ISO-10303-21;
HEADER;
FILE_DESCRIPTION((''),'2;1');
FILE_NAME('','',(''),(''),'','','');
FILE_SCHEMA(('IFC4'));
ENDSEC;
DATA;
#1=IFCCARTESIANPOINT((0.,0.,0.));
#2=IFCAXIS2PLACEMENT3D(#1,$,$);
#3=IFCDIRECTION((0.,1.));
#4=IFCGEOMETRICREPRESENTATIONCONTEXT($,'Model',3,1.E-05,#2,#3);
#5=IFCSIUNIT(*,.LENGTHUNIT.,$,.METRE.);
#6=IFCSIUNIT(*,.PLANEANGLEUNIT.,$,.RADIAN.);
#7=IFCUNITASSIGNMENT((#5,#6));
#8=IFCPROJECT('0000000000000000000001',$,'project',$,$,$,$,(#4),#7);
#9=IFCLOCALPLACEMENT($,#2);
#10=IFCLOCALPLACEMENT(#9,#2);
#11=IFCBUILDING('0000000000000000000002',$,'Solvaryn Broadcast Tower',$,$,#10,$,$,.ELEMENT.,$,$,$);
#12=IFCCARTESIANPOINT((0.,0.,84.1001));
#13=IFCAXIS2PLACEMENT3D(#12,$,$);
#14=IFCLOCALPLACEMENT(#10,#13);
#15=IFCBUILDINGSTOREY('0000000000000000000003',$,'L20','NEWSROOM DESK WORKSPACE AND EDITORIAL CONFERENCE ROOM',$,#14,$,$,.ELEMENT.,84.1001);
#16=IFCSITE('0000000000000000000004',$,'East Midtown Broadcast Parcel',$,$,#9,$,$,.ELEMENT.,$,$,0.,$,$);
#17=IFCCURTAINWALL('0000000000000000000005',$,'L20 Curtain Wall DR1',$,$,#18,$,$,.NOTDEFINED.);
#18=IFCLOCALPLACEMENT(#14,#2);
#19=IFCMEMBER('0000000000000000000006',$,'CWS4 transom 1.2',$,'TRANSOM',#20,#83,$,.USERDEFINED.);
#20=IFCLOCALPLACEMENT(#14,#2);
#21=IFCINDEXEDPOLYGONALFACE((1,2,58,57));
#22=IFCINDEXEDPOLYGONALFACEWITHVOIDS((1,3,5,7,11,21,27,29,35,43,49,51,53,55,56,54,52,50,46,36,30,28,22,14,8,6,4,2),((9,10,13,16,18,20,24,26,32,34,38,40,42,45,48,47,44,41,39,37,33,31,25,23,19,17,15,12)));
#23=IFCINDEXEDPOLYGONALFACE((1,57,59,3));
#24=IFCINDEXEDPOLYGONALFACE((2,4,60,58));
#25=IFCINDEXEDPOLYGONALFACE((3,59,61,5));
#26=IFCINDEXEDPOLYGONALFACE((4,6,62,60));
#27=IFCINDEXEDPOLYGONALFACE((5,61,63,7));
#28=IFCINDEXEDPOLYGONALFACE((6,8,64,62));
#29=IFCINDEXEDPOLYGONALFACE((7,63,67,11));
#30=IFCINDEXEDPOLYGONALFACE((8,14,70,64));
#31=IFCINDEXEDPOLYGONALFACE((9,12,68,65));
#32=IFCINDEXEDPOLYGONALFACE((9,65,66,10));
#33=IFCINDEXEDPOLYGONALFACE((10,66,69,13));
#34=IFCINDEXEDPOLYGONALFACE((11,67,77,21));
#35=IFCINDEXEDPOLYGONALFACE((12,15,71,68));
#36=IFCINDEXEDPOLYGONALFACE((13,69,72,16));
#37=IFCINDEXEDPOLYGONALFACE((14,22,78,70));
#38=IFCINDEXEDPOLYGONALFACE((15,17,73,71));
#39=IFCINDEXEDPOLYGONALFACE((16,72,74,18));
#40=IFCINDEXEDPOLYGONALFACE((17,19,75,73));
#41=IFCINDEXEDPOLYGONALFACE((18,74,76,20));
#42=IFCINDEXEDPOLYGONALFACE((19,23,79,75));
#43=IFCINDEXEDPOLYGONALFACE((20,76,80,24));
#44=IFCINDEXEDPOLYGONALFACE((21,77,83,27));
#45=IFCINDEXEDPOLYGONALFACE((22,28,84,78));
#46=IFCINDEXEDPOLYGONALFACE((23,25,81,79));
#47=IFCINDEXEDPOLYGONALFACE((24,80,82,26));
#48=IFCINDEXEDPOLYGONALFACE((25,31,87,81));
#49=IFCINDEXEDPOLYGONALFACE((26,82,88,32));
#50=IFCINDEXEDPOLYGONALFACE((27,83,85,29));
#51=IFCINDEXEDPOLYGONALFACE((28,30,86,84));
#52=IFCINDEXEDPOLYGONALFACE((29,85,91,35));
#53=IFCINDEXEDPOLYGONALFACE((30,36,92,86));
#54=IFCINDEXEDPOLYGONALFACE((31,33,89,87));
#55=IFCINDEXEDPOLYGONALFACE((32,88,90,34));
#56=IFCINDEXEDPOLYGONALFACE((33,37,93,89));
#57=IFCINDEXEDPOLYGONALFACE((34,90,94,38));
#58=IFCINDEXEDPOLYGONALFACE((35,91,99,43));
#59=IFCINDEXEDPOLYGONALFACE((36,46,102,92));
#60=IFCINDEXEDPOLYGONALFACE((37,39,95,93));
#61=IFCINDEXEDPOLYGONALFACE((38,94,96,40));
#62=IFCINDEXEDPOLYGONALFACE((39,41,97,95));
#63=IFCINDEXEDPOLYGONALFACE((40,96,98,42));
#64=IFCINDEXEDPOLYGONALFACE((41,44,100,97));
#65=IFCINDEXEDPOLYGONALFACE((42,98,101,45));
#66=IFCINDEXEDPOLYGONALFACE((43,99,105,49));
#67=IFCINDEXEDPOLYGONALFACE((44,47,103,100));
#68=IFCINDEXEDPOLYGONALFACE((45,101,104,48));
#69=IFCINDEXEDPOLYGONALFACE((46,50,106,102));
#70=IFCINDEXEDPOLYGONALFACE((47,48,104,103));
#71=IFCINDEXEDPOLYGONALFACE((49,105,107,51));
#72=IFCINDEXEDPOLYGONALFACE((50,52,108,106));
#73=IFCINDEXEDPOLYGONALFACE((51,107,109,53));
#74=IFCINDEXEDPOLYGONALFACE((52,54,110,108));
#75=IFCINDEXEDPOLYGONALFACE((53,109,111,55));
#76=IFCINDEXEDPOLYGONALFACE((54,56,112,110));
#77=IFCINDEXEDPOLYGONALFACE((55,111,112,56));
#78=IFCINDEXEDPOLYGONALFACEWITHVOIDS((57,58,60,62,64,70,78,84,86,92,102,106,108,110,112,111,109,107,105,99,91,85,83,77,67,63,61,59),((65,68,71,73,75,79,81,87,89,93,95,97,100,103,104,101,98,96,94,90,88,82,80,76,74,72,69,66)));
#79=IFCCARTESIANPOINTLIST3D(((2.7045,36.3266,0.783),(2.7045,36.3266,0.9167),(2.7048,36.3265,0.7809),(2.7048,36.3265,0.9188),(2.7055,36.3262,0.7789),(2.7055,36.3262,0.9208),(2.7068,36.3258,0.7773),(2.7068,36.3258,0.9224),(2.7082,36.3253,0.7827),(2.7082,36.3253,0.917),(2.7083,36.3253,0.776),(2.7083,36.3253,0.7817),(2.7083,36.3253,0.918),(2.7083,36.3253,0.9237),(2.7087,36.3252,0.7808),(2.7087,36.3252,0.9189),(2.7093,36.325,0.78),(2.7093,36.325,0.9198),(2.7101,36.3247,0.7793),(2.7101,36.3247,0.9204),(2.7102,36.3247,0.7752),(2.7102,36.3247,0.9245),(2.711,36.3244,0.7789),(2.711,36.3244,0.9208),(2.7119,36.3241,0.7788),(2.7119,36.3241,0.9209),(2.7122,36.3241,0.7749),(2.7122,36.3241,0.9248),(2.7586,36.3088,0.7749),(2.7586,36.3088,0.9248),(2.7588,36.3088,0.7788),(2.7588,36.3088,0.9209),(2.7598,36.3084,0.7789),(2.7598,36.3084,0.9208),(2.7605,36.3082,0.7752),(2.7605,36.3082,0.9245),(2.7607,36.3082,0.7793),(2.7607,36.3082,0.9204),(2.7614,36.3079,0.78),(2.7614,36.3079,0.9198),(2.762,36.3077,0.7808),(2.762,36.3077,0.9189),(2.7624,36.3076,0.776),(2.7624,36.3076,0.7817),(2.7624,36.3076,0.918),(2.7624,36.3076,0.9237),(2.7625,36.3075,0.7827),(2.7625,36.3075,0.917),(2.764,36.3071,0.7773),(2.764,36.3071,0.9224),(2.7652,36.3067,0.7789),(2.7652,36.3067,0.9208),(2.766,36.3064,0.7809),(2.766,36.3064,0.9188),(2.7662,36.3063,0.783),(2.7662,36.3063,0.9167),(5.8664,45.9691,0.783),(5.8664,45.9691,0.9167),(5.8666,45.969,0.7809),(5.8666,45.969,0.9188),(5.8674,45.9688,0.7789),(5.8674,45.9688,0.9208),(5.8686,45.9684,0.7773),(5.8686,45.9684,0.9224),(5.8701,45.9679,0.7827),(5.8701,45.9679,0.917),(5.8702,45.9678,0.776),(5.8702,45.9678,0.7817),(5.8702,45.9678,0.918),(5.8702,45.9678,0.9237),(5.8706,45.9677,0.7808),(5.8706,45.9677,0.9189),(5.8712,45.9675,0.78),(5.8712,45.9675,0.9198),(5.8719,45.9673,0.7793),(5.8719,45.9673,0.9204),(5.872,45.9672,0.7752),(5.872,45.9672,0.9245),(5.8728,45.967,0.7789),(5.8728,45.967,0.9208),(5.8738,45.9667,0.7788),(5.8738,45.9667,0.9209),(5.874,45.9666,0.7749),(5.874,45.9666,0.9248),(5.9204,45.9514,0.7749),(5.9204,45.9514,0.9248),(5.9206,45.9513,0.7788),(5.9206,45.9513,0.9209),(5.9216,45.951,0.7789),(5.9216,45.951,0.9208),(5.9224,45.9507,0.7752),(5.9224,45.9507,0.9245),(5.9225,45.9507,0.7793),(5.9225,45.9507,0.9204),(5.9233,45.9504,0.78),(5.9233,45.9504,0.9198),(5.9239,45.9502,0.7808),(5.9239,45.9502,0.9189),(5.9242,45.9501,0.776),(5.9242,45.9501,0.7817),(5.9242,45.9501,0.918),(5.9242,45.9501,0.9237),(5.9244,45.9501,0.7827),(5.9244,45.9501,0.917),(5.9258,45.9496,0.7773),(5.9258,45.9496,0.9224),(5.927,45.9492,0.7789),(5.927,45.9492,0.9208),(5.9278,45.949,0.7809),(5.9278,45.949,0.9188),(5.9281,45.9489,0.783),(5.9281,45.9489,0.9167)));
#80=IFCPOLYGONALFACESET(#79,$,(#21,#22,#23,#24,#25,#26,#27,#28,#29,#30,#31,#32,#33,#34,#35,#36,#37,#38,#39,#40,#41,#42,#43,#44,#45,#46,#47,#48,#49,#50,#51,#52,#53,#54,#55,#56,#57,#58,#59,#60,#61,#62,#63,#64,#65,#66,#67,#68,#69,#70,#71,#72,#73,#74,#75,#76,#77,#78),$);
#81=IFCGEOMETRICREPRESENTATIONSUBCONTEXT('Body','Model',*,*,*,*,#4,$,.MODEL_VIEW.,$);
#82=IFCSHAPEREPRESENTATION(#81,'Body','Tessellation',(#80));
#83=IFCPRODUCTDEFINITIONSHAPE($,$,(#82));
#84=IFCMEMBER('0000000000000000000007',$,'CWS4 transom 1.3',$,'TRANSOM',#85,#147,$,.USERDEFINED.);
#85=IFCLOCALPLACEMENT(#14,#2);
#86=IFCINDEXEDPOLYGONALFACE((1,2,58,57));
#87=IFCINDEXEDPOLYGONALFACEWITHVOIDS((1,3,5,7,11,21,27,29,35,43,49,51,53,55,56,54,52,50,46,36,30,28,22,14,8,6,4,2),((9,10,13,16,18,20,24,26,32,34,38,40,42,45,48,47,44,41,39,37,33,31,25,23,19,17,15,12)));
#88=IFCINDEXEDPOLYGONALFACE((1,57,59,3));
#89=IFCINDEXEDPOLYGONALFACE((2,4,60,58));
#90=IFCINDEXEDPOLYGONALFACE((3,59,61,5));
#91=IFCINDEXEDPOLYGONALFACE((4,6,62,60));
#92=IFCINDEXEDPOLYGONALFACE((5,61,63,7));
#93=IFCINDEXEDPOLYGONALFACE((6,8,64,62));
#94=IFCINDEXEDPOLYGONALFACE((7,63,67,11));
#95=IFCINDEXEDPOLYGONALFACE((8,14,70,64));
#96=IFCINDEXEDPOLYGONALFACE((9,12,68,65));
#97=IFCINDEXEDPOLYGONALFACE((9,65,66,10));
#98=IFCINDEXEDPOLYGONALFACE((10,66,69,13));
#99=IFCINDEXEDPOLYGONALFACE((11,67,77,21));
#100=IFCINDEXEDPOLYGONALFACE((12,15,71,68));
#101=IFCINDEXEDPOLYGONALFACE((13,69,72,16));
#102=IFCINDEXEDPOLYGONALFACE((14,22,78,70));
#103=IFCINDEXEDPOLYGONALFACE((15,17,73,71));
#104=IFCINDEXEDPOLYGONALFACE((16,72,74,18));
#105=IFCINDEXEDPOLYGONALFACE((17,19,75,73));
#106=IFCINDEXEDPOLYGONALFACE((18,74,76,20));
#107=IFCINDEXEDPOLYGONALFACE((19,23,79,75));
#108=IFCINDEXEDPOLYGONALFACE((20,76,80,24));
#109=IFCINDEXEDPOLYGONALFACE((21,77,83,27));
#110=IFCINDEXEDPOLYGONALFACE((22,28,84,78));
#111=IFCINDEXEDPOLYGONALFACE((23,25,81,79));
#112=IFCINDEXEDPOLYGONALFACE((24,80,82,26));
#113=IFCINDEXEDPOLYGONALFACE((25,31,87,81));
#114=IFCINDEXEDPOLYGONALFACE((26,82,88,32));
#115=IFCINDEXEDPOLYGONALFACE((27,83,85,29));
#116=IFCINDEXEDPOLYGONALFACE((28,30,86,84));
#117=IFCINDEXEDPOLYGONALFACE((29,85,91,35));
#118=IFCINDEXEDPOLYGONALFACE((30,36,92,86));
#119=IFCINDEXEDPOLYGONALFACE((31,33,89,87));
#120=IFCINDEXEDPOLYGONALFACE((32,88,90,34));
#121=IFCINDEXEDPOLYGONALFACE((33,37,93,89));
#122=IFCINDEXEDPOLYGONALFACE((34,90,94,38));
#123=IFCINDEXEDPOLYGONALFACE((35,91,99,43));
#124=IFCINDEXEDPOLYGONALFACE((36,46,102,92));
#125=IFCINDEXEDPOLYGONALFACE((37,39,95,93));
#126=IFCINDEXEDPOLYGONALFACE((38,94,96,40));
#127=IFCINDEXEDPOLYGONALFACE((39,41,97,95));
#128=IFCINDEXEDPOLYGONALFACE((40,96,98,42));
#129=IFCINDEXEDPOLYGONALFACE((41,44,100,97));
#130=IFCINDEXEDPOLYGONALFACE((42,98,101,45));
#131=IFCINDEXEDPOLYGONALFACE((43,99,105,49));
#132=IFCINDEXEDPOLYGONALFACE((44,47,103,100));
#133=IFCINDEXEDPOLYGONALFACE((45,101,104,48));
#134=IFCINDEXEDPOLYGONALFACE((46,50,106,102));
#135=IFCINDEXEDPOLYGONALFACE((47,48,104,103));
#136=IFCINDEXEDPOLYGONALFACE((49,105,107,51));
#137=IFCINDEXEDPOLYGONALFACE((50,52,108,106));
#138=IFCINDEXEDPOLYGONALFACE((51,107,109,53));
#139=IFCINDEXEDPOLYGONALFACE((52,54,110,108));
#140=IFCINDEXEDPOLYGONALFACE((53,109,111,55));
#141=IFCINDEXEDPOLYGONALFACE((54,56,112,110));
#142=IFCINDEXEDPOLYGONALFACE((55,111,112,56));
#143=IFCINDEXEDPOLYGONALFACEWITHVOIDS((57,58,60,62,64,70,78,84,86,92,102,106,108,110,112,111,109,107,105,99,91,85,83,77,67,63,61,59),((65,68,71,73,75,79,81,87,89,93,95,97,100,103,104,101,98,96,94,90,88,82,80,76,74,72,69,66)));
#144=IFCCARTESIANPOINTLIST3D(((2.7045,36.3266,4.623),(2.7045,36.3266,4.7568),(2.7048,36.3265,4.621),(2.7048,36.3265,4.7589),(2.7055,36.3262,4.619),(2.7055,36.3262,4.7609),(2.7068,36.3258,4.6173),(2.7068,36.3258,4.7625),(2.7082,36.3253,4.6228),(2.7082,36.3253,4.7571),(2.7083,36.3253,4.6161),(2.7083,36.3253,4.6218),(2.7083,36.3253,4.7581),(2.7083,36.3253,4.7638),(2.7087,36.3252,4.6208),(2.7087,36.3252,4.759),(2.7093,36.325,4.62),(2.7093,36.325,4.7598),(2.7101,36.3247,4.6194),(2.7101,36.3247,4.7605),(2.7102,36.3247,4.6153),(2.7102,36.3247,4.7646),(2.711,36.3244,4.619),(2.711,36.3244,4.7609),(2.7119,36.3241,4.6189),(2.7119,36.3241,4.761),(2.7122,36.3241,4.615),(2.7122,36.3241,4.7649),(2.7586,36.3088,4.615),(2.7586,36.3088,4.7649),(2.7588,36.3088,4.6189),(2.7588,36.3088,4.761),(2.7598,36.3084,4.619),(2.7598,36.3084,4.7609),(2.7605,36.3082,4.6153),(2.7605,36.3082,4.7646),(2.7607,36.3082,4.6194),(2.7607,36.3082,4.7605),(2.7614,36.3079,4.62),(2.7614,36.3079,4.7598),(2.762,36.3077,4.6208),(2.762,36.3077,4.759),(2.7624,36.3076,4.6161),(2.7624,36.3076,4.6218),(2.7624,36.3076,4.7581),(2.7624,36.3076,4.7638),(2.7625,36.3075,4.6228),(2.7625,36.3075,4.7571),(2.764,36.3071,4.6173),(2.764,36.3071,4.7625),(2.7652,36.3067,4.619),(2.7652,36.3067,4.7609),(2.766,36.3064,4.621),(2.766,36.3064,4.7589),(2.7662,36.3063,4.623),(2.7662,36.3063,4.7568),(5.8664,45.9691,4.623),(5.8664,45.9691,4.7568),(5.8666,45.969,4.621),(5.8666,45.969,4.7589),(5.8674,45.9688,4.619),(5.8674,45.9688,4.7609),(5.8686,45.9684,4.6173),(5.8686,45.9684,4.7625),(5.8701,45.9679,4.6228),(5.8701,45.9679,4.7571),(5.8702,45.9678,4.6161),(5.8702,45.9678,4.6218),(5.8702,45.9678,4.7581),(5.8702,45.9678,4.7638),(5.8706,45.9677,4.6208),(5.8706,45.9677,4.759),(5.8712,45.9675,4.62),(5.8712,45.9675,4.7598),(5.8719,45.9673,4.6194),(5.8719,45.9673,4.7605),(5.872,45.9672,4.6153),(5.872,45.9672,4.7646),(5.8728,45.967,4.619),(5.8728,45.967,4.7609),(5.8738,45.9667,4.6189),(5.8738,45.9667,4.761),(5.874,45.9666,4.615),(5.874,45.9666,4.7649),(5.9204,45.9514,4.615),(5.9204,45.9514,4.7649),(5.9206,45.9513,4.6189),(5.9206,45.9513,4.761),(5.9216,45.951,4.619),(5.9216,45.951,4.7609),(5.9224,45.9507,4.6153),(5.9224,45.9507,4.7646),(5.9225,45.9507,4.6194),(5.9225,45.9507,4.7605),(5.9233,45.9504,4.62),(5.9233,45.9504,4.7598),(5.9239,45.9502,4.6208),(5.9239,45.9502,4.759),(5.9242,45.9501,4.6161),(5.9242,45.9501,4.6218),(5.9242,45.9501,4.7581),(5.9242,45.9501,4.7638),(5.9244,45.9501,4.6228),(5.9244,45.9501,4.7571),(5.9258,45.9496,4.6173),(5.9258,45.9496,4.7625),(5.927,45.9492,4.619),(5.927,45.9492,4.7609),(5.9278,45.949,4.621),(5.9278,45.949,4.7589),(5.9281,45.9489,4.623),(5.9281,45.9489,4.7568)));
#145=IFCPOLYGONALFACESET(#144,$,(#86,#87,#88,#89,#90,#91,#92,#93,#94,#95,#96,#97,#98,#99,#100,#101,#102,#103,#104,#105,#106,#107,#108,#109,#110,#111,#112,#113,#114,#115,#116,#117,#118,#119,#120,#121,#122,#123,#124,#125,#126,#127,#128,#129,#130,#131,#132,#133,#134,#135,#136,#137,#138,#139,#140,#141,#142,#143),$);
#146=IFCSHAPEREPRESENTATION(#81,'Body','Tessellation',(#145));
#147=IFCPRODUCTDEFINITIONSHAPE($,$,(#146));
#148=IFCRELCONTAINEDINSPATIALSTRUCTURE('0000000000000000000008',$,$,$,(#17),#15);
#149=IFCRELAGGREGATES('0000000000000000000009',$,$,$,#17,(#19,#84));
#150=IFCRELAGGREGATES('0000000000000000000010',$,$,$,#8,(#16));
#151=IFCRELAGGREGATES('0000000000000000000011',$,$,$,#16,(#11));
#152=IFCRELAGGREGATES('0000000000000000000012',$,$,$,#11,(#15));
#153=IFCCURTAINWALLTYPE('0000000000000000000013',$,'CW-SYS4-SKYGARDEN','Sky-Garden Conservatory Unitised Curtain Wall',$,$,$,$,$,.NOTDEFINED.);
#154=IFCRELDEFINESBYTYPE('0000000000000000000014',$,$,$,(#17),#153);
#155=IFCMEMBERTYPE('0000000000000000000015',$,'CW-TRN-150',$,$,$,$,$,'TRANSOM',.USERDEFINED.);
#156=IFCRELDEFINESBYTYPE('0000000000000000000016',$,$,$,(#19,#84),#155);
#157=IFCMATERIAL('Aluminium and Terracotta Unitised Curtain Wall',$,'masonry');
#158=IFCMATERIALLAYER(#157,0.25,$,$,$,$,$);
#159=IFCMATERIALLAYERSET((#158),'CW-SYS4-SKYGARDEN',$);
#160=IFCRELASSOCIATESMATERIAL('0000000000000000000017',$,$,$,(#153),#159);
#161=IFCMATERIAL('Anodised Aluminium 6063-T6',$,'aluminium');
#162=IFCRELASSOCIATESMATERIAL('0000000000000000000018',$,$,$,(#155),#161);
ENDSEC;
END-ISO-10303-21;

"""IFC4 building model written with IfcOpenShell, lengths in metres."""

from ifc_helpers import new_model, si_unit, direction, frame, origin, origin_2d, place, context, subcontext, project, spatial, hollow_rectangle, extrude, material, layer, layer_set, material_profile, profile_set, type_object, element, aggregate, save


model = new_model("IFC4")

# Units and contexts
model_context = context("Model", 3, precision=1e-05, world=origin(), true_north=direction((0.0, 1.0)))
body_context = subcontext(model_context, "Body", "Model", "MODEL_VIEW")
ifc_project = project(units=[si_unit("LENGTHUNIT", "METRE"), si_unit("PLANEANGLEUNIT", "RADIAN")], contexts=[model_context])

# Site, building, storey
site_placement = place(None, origin())
site = spatial("IfcSite", under=ifc_project, at=site_placement, Name="East Midtown Broadcast Parcel", CompositionType="ELEMENT", RefElevation=0.0)
building_placement = place(site_placement, origin())
building = spatial("IfcBuilding", under=site, at=building_placement, Name="Solvaryn Broadcast Tower", CompositionType="ELEMENT")
storey_placement = place(building_placement, frame((0.0, 0.0, 84.1001)))
storey = spatial("IfcBuildingStorey", under=building, at=storey_placement, Name="L20", Description="NEWSROOM DESK WORKSPACE AND EDITORIAL CONFERENCE ROOM", CompositionType="ELEMENT", Elevation=84.1001)

# Curtain wall
ifc_material_1 = material(Name="Aluminium and Terracotta Unitised Curtain Wall", Category="masonry")
ifc_layer_1 = layer(ifc_material_1, 0.25)
ifc_layer_set_1 = layer_set([ifc_layer_1], Name="CW-SYS4-SKYGARDEN")
curtain_wall_type = type_object("IfcCurtainWallType", Name="CW-SYS4-SKYGARDEN", Description="Sky-Garden Conservatory Unitised Curtain Wall", PredefinedType="NOTDEFINED", material=ifc_layer_set_1)
curtain_wall_1_placement = place(storey_placement, origin())
curtain_wall_1 = element("IfcCurtainWall", 1, at=curtain_wall_1_placement, inside=storey, type_object=curtain_wall_type, Name="L20 Curtain Wall DR1", PredefinedType="NOTDEFINED")

# Members
ifc_material_2 = material(Name="Anodised Aluminium 6063-T6", Category="aluminium")
ifc_material_profile_1 = material_profile(ifc_material_2, hollow_rectangle(XDim=0.0649, YDim=0.1499, WallThickness=0.0039, InnerFilletRadius=0.0039, OuterFilletRadius=0.0081, at=origin_2d()))
ifc_profile_set_1 = profile_set([ifc_material_profile_1], Name="Anodised Aluminium 6063-T6")
member_type_1 = type_object("IfcMemberType", Name="CW-TRN-150", ElementType="TRANSOM", PredefinedType="USERDEFINED", material=ifc_profile_set_1)
member_1_placement = place(storey_placement, frame((5.8972, 45.959, 0.8499), z_axis=(-0.311583, -0.950219, 0.0), x_axis=(0.950219, -0.311583, 0.0)))
member_1 = element("IfcMember", 2, at=member_1_placement, type_object=member_type_1, Name="CWS4 transom 1.2", ObjectType="TRANSOM", PredefinedType="USERDEFINED", context=body_context, shape_type="SweptSolid", body=[
    extrude(hollow_rectangle(XDim=0.0649, YDim=0.1499, WallThickness=0.0039, InnerFilletRadius=0.0039, OuterFilletRadius=0.0081, at=origin_2d()), origin(), (0.0, 0.0, 1.0), 10.1477),
])
member_2_placement = place(storey_placement, frame((5.8972, 45.959, 4.6899), z_axis=(-0.311583, -0.950219, 0.0), x_axis=(0.950219, -0.311583, 0.0)))
member_2 = element("IfcMember", 3, at=member_2_placement, type_object=member_type_1, Name="CWS4 transom 1.3", ObjectType="TRANSOM", PredefinedType="USERDEFINED", context=body_context, shape_type="SweptSolid", body=[
    extrude(hollow_rectangle(XDim=0.0649, YDim=0.1499, WallThickness=0.0039, InnerFilletRadius=0.0039, OuterFilletRadius=0.0081, at=origin_2d()), origin(), (0.0, 0.0, 1.0), 10.1477),
])
aggregate(curtain_wall_1, [member_1, member_2])

save(model, "model.ifc")
